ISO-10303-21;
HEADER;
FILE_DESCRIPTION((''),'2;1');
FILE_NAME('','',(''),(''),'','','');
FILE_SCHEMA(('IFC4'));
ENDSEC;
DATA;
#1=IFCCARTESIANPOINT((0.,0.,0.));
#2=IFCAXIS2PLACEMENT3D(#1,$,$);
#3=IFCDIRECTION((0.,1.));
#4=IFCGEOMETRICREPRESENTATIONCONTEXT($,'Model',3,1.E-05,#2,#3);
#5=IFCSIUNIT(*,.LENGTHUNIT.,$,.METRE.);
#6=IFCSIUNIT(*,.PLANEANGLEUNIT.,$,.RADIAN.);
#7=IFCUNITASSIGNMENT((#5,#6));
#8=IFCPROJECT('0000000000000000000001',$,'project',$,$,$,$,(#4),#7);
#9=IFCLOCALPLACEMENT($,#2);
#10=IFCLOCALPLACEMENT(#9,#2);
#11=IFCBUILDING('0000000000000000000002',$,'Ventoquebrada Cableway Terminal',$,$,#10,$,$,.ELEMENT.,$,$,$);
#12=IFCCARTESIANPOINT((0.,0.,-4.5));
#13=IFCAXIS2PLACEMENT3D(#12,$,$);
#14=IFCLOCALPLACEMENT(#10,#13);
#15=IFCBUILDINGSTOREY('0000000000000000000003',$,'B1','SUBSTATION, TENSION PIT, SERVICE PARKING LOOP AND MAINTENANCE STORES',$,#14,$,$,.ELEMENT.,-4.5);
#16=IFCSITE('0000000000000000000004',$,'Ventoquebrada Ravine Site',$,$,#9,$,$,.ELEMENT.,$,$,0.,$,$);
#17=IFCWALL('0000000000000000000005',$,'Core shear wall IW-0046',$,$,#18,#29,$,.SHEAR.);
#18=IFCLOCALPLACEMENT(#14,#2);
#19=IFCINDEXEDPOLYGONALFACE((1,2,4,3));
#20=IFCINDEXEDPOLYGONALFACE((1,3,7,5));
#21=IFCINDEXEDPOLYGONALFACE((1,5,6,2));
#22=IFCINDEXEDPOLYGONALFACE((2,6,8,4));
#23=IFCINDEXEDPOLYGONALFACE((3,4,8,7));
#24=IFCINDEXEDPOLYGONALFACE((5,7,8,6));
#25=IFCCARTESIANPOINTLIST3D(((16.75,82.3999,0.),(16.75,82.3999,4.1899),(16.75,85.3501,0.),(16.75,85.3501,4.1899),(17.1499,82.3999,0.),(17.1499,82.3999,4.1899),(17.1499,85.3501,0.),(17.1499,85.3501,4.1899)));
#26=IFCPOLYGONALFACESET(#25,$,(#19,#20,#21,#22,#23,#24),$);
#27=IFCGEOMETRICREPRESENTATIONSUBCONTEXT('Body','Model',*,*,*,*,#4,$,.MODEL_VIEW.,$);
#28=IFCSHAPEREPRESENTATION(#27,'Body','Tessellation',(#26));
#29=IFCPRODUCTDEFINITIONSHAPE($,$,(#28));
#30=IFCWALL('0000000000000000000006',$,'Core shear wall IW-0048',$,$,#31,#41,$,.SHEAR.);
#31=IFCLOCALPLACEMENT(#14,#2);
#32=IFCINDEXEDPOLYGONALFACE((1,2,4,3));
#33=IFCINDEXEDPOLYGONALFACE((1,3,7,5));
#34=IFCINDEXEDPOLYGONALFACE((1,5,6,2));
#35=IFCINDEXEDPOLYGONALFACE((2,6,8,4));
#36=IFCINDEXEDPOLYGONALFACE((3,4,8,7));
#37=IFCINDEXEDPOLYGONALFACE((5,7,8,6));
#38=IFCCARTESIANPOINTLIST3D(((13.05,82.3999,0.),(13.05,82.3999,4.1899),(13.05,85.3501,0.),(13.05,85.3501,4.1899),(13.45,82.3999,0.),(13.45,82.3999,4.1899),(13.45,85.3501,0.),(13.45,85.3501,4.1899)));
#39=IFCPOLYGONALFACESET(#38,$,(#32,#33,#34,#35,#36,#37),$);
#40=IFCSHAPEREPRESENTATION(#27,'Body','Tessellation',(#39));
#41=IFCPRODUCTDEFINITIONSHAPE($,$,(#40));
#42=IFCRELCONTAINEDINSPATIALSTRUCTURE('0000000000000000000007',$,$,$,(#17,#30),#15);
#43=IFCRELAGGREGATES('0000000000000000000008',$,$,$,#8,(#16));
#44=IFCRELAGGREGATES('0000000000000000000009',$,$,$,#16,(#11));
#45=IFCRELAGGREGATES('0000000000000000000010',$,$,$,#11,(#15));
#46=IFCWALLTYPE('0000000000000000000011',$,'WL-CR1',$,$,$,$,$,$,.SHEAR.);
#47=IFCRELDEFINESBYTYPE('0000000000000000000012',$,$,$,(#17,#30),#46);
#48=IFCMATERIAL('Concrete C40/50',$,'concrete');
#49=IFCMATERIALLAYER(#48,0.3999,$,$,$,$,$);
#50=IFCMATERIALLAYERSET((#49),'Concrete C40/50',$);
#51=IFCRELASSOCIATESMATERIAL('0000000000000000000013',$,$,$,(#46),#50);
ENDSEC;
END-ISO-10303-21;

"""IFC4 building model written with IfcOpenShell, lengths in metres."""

from ifc_helpers import new_model, si_unit, direction, frame, frame_2d, origin, place, context, subcontext, project, spatial, rectangle, extrude, material, layer, layer_set, type_object, element, save


model = new_model("IFC4")

# Units and contexts
model_context = context("Model", 3, precision=1e-05, world=origin(), true_north=direction((0.0, 1.0)))
body_context = subcontext(model_context, "Body", "Model", "MODEL_VIEW")
ifc_project = project(units=[si_unit("LENGTHUNIT", "METRE"), si_unit("PLANEANGLEUNIT", "RADIAN")], contexts=[model_context])

# Site, building, storey
site_placement = place(None, origin())
site = spatial("IfcSite", under=ifc_project, at=site_placement, Name="Ventoquebrada Ravine Site", CompositionType="ELEMENT", RefElevation=0.0)
building_placement = place(site_placement, origin())
building = spatial("IfcBuilding", under=site, at=building_placement, Name="Ventoquebrada Cableway Terminal", CompositionType="ELEMENT")
storey_placement = place(building_placement, frame((0.0, 0.0, -4.5)))
storey = spatial("IfcBuildingStorey", under=building, at=storey_placement, Name="B1", Description="SUBSTATION, TENSION PIT, SERVICE PARKING LOOP AND MAINTENANCE STORES", CompositionType="ELEMENT", Elevation=-4.5)

# Shared definitions
ifc_material_1 = material(Name="Concrete C40/50", Category="concrete")

# Walls
ifc_layer = layer(ifc_material_1, 0.3999)
ifc_layer_set = layer_set([ifc_layer], Name="Concrete C40/50")
wall_type = type_object("IfcWallType", Name="WL-CR1", PredefinedType="SHEAR", material=ifc_layer_set)
for number, where, z_axis, x_axis, name in (
    (1, (16.95, 82.3999, 0.0), (0.0, 0.0, 1.0), (0.0, 1.0, 0.0), "Core shear wall IW-0046"),
    (2, (13.25, 85.3501, 0.0), (0.0, 0.0, 1.0), (0.0, -1.0, 0.0), "Core shear wall IW-0048"),
):
    element("IfcWall", number, at=place(storey_placement, frame(where, z_axis=z_axis, x_axis=x_axis)), inside=storey, type_object=wall_type, Name=name, PredefinedType="SHEAR", context=body_context, shape_type="SweptSolid", body=[
        extrude(rectangle(XDim=2.9502, YDim=0.3999, at=frame_2d((1.4751, 0.0))), origin(), (0.0, 0.0, 1.0), 4.1899),
    ])

save(model, "model.ifc")
